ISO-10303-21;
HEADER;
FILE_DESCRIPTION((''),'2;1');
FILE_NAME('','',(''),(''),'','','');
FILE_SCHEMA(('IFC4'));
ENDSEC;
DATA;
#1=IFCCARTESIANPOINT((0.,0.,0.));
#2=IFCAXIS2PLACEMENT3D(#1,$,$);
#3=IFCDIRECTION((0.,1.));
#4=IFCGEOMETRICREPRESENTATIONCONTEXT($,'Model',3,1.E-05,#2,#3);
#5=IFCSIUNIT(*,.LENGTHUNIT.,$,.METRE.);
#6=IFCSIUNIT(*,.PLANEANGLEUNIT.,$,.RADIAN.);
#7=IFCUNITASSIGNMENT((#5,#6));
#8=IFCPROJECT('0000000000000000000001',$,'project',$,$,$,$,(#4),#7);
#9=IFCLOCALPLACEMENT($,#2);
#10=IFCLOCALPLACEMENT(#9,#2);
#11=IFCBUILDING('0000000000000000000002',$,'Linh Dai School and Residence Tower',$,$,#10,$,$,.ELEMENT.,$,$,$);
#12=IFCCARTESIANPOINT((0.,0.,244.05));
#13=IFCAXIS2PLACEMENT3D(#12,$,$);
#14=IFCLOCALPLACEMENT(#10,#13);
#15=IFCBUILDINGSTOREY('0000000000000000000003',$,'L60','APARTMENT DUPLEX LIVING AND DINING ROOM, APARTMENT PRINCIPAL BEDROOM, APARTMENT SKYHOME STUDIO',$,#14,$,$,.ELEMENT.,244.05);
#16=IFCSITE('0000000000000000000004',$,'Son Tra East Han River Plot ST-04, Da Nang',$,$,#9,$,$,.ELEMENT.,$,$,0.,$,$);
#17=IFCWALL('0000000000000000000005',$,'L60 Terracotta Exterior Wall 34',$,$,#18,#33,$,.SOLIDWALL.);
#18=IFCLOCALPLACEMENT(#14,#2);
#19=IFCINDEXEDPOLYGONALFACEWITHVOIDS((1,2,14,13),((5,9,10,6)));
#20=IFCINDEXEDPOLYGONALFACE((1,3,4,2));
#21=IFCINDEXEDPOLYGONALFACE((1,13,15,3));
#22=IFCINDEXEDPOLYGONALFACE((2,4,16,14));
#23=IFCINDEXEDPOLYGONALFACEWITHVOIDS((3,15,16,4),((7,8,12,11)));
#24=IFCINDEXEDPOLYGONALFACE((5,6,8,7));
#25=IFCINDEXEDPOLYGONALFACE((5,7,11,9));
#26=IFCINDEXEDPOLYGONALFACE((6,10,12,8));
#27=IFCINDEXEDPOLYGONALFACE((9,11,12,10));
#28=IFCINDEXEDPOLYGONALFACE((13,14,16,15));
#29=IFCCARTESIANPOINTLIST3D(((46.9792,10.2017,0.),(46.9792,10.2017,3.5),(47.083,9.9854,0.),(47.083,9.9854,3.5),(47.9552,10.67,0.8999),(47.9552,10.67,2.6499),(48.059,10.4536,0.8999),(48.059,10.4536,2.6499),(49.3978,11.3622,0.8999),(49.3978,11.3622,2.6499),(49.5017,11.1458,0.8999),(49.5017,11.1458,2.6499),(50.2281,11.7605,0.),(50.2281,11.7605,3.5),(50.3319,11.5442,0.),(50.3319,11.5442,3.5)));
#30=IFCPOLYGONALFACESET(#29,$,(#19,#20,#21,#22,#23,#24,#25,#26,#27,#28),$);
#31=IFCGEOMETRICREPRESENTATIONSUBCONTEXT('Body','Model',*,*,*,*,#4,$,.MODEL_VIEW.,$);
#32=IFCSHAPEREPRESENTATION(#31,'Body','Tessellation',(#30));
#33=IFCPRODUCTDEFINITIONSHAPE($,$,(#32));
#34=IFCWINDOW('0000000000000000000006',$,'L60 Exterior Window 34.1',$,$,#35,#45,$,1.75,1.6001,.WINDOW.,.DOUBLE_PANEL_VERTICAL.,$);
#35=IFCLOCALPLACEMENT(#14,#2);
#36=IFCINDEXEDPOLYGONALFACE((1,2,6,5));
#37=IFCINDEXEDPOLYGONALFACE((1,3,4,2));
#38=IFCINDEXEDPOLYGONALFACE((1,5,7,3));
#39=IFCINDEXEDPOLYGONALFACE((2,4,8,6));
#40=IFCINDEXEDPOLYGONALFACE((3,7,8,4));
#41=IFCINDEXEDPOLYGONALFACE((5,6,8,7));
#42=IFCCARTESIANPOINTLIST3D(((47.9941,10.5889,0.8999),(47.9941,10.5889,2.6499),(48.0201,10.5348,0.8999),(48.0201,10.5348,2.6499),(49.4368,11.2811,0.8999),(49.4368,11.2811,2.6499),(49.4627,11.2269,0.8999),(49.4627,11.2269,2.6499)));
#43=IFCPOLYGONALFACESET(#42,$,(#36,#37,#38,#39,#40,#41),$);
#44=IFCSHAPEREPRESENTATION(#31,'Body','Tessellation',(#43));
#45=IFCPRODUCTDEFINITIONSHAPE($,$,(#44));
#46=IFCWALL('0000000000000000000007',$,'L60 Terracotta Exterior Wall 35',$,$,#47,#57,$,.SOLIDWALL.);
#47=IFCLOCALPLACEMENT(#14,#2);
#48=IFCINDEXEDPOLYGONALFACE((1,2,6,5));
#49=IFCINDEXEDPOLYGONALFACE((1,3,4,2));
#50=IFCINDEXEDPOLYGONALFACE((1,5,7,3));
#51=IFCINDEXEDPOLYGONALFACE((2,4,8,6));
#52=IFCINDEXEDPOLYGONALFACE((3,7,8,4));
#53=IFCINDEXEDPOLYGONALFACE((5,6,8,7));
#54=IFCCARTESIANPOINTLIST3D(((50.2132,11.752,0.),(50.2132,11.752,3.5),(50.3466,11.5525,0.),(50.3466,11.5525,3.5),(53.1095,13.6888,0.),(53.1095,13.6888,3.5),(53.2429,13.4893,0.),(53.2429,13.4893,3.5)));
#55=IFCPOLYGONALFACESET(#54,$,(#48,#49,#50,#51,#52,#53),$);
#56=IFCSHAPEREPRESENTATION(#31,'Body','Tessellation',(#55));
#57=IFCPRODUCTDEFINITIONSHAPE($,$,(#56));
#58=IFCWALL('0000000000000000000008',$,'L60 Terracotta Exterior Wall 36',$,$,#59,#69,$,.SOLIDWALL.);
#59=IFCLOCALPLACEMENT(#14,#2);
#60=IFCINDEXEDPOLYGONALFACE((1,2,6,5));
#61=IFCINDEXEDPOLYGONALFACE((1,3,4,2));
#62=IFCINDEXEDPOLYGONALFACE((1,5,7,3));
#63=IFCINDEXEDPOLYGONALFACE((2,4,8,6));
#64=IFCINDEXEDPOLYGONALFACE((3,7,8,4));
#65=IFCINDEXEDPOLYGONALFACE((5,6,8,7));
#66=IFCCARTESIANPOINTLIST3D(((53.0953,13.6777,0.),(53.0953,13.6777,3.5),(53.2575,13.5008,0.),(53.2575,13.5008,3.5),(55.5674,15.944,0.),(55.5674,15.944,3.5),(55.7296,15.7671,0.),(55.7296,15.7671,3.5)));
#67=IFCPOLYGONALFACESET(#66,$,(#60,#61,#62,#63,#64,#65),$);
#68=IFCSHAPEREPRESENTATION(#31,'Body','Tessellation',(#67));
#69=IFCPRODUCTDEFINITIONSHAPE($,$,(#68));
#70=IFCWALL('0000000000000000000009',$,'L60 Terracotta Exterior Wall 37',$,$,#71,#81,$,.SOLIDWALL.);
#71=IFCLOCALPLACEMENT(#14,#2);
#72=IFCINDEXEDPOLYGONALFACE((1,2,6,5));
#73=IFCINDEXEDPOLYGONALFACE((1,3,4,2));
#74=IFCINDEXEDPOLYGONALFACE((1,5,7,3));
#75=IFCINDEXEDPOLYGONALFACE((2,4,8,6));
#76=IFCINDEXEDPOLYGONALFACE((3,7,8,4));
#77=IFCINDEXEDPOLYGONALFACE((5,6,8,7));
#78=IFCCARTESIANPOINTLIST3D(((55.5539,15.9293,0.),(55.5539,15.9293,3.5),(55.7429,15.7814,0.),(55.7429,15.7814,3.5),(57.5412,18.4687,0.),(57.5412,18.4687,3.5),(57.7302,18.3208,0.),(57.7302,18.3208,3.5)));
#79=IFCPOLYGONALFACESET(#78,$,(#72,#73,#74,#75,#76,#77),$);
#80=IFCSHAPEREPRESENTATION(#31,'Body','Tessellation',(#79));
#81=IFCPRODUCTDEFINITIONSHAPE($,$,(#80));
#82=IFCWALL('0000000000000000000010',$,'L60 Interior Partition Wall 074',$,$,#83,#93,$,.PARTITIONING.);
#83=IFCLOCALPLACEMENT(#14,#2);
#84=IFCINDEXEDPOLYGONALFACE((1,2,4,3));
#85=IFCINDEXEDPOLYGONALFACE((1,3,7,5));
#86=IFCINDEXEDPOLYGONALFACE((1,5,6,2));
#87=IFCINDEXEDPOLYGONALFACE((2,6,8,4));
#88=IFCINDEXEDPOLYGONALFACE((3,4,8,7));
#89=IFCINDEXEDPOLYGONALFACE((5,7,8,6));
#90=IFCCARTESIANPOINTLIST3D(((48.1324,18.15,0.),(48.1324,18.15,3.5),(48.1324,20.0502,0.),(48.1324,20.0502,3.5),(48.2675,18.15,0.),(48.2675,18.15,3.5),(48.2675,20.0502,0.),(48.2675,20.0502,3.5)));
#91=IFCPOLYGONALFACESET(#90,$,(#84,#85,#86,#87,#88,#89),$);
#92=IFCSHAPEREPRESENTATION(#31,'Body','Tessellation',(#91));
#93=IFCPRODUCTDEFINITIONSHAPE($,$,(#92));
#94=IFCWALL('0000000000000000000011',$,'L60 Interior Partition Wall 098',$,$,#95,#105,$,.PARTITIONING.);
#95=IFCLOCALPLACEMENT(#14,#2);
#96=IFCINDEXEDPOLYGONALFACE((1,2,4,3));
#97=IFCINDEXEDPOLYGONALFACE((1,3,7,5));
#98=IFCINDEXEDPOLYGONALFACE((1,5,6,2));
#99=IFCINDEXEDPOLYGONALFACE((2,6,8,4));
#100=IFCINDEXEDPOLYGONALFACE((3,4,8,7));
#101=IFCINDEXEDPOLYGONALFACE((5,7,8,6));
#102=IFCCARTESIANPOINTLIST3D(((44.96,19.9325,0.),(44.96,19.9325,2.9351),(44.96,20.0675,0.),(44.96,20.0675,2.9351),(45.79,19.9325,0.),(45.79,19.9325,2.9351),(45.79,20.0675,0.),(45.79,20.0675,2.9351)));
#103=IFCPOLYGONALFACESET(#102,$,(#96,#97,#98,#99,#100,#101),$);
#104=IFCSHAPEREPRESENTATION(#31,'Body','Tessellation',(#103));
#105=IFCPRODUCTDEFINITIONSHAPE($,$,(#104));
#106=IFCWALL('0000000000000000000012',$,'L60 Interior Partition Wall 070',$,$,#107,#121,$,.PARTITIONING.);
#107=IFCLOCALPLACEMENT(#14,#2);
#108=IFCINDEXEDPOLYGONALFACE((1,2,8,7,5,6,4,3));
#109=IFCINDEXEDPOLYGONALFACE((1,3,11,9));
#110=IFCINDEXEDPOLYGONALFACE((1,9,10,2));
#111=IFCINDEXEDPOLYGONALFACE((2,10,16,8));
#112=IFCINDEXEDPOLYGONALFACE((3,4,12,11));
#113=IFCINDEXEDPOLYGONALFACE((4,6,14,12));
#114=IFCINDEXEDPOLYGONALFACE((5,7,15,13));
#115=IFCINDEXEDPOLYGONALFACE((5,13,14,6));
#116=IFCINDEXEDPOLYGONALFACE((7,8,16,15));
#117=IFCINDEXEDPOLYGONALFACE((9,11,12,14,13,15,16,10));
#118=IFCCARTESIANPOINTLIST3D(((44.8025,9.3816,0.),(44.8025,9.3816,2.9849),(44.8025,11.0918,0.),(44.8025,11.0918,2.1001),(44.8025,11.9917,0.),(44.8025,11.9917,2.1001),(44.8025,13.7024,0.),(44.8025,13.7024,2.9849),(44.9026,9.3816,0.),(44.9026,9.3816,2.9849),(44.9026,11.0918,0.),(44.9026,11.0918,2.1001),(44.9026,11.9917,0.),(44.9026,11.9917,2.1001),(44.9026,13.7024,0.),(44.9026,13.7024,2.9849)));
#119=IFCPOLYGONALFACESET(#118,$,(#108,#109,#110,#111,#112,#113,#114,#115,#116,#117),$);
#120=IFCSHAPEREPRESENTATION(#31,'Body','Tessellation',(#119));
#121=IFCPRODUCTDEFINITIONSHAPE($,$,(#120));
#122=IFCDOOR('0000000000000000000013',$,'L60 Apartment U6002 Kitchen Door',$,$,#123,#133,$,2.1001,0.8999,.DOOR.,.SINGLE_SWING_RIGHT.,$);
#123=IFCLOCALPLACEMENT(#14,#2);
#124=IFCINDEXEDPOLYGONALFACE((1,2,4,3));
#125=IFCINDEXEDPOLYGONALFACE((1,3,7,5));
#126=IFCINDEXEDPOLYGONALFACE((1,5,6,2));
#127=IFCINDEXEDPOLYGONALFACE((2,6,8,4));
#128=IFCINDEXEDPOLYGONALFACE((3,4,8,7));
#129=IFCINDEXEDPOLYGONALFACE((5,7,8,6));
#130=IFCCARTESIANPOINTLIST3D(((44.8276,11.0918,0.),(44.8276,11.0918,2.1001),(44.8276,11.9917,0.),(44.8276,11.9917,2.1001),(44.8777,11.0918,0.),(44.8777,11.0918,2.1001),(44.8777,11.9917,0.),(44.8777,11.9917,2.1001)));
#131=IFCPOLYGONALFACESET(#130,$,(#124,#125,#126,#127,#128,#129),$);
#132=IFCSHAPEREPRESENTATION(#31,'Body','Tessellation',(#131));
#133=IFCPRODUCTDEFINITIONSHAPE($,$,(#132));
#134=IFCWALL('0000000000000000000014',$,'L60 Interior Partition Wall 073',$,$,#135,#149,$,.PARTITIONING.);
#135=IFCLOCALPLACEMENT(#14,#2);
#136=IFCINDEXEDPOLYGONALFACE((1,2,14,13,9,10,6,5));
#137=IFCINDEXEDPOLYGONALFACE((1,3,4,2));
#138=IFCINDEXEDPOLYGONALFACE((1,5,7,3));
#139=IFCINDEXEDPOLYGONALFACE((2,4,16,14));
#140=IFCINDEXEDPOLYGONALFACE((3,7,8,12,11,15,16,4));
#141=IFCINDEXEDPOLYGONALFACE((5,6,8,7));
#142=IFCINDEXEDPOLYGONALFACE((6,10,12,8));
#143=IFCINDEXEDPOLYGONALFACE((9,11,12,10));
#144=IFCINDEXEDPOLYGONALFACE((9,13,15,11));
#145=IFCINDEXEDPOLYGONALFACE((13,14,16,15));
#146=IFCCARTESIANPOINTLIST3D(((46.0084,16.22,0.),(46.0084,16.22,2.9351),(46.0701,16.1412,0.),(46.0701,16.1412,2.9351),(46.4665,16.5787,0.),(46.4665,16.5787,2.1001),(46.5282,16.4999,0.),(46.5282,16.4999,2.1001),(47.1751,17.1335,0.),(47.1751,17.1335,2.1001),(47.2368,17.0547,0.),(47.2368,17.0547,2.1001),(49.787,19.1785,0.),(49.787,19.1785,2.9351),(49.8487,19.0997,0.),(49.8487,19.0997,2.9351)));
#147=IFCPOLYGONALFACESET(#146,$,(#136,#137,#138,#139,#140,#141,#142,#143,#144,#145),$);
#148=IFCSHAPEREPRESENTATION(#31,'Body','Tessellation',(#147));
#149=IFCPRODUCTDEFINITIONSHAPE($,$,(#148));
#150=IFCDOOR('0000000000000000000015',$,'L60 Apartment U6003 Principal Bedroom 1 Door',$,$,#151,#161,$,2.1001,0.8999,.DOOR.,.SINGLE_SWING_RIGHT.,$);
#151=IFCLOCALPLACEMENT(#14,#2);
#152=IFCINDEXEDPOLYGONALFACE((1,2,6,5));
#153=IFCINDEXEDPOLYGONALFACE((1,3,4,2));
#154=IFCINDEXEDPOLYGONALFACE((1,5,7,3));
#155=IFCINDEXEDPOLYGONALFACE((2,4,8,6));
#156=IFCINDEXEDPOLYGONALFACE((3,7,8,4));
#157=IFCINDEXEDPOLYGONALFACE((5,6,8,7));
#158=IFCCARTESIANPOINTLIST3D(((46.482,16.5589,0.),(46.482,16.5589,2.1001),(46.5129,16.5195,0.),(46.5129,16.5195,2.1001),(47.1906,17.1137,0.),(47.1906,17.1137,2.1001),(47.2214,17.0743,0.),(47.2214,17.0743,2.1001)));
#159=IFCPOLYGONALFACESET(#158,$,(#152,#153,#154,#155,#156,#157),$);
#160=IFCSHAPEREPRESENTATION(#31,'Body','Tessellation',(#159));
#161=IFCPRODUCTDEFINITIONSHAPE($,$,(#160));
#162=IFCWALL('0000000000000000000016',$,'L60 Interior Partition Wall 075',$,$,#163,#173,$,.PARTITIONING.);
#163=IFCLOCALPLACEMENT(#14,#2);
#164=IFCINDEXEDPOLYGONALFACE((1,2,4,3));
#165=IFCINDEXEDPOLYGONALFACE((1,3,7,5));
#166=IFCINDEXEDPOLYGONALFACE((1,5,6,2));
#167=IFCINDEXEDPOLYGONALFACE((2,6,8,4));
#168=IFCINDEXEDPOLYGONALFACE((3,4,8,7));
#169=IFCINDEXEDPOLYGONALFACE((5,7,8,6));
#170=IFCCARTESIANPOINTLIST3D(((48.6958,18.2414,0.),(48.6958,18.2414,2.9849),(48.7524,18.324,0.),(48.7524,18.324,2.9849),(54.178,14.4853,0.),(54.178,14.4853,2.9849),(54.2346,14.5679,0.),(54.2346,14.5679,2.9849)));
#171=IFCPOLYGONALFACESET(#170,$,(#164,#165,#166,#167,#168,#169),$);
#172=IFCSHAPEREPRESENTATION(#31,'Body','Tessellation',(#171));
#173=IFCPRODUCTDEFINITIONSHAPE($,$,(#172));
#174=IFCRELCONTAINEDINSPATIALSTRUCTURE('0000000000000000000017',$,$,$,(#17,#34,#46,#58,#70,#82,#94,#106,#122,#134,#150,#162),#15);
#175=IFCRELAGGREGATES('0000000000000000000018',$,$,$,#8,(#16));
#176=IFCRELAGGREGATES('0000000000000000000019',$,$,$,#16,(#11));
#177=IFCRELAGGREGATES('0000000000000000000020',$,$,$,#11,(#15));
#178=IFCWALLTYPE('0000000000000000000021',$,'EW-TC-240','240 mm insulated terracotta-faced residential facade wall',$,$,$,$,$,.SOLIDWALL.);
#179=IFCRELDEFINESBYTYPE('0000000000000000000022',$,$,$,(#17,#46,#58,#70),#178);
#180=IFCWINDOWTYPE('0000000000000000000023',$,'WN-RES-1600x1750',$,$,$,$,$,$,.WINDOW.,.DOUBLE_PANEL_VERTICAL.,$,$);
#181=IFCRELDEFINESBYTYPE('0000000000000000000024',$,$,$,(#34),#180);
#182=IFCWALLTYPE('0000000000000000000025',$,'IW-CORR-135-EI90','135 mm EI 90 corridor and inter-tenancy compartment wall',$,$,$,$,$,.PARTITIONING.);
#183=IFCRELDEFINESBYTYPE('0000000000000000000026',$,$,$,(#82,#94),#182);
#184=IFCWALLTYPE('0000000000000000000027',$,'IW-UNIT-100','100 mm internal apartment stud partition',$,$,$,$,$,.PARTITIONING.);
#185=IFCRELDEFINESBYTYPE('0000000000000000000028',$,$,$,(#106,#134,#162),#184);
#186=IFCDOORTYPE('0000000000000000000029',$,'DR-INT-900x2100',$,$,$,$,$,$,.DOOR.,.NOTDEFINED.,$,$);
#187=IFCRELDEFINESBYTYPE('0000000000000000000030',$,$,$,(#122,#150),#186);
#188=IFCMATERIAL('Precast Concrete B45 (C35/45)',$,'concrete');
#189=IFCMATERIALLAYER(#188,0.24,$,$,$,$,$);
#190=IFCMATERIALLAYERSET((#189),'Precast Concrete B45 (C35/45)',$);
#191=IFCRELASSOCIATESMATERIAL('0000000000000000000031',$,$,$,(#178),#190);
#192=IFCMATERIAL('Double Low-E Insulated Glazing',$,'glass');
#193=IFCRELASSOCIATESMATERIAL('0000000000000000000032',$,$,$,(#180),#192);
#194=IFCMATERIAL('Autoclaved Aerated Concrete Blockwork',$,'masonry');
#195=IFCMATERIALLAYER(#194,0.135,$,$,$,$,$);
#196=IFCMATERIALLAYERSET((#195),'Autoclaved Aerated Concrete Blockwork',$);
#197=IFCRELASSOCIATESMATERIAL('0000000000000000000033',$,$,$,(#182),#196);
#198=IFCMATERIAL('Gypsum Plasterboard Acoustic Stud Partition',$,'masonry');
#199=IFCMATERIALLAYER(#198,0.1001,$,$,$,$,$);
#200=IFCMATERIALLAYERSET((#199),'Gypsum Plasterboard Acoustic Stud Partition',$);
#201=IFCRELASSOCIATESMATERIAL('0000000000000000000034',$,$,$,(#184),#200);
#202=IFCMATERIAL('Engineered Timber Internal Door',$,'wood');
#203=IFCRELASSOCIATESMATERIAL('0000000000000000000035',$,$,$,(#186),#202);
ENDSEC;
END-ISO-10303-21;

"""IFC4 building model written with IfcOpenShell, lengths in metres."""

from ifc_helpers import new_model, si_unit, direction, frame, frame_2d, origin, origin_2d, place, context, subcontext, project, spatial, rectangle, extrude, source, transform, mapped, material, layer, layer_set, type_object, element, fill, save


model = new_model("IFC4")

# Units and contexts
model_context = context("Model", 3, precision=1e-05, world=origin(), true_north=direction((0.0, 1.0)))
body_context = subcontext(model_context, "Body", "Model", "MODEL_VIEW")
ifc_project = project(units=[si_unit("LENGTHUNIT", "METRE"), si_unit("PLANEANGLEUNIT", "RADIAN")], contexts=[model_context])

# Site, building, storey
site_placement = place(None, origin())
site = spatial("IfcSite", under=ifc_project, at=site_placement, Name="Son Tra East Han River Plot ST-04, Da Nang", CompositionType="ELEMENT", RefElevation=0.0)
building_placement = place(site_placement, origin())
building = spatial("IfcBuilding", under=site, at=building_placement, Name="Linh Dai School and Residence Tower", CompositionType="ELEMENT")
storey_placement = place(building_placement, frame((0.0, 0.0, 244.05)))
storey = spatial("IfcBuildingStorey", under=building, at=storey_placement, Name="L60", Description="APARTMENT DUPLEX LIVING AND DINING ROOM, APARTMENT PRINCIPAL BEDROOM, APARTMENT SKYHOME STUDIO", CompositionType="ELEMENT", Elevation=244.05)

# Shared definitions
ifc_material_1 = material(Name="Precast Concrete B45 (C35/45)", Category="concrete")

# Shared definitions
ifc_layer_1 = layer(ifc_material_1, 0.24)
ifc_layer_set_1 = layer_set([ifc_layer_1], Name="Precast Concrete B45 (C35/45)")
wall_type_1 = type_object("IfcWallType", Name="EW-TC-240", Description="240 mm insulated terracotta-faced residential facade wall", PredefinedType="SOLIDWALL", material=ifc_layer_set_1)

# Wall, opening, window
wall_1_placement = place(storey_placement, frame((50.28, 11.6523, 0.0), z_axis=(0.0, 0.0, 1.0), x_axis=(-0.901598, -0.432575, 0.0)))
wall_1 = element("IfcWall", 1, at=wall_1_placement, inside=storey, type_object=wall_type_1, Name="L60 Terracotta Exterior Wall 34", PredefinedType="SOLIDWALL", context=body_context, shape_type="SweptSolid", body=[
    extrude(rectangle(XDim=3.6035, YDim=0.24, at=frame_2d((1.8018, 0.0))), origin(), (0.0, 0.0, 1.0), 3.5),
])
opening_1_placement = place(wall_1_placement, frame((0.9209, 0.0, 0.8999)))
opening_1 = element("IfcOpeningElement", 2, at=opening_1_placement, cuts=wall_1, PredefinedType="OPENING", context=body_context, shape_type="SweptSolid", body=[
    extrude(rectangle(XDim=1.6001, YDim=1.75, at=origin_2d()), frame((0.8, 0.1299, 0.875), z_axis=(0.0, -1.0, 0.0), x_axis=(1.0, 0.0, 0.0)), (0.0, 0.0, 1.0), 0.26),
])
ifc_material_2 = material(Name="Double Low-E Insulated Glazing", Category="glass")
window_type = type_object("IfcWindowType", Name="WN-RES-1600x1750", PartitioningType="DOUBLE_PANEL_VERTICAL", PredefinedType="WINDOW", material=ifc_material_2)
shared_shape_1 = source(origin(), body_context, "Body", "SweptSolid", [
    extrude(rectangle(XDim=1.6001, YDim=1.75, at=origin_2d()), frame((0.8, 0.03, 0.875), z_axis=(0.0, -1.0, 0.0), x_axis=(1.0, 0.0, 0.0)), (0.0, 0.0, 1.0), 0.0601),
])
window_placement = place(opening_1_placement, origin())
window = element("IfcWindow", 3, at=window_placement, inside=storey, type_object=window_type, Name="L60 Exterior Window 34.1", OverallHeight=1.75, OverallWidth=1.6001, PartitioningType="DOUBLE_PANEL_VERTICAL", PredefinedType="WINDOW", context=body_context, shape_type="MappedRepresentation", body=[
    mapped(shared_shape_1, transform((0.0, 0.0, 0.0), x_axis=(1.0, 0.0, 0.0), y_axis=(0.0, 1.0, 0.0), z_axis=(0.0, 0.0, 1.0), scale=1.0)),
])
fill(opening_1, window)

# Walls
wall_2_placement = place(storey_placement, frame((53.1763, 13.5891, 0.0), z_axis=(0.0, 0.0, 1.0), x_axis=(-0.831262, -0.55588, 0.0)))
element("IfcWall", 4, at=wall_2_placement, inside=storey, type_object=wall_type_1, Name="L60 Terracotta Exterior Wall 35", PredefinedType="SOLIDWALL", context=body_context, shape_type="SweptSolid", body=[
    extrude(rectangle(XDim=3.4841, YDim=0.24, at=frame_2d((1.7422, 0.0))), origin(), (0.0, 0.0, 1.0), 3.5),
])
wall_3_placement = place(storey_placement, frame((55.6484, 15.8555, 0.0), z_axis=(0.0, 0.0, 1.0), x_axis=(-0.737124, -0.675758, 0.0)))
element("IfcWall", 5, at=wall_3_placement, inside=storey, type_object=wall_type_1, Name="L60 Terracotta Exterior Wall 36", PredefinedType="SOLIDWALL", context=body_context, shape_type="SweptSolid", body=[
    extrude(rectangle(XDim=3.3538, YDim=0.24, at=frame_2d((1.6768, 0.0))), origin(), (0.0, 0.0, 1.0), 3.5),
])
wall_4_placement = place(storey_placement, frame((57.6357, 18.3948, 0.0), z_axis=(0.0, 0.0, 1.0), x_axis=(-0.616312, -0.787502, 0.0)))
element("IfcWall", 6, at=wall_4_placement, inside=storey, type_object=wall_type_1, Name="L60 Terracotta Exterior Wall 37", PredefinedType="SOLIDWALL", context=body_context, shape_type="SweptSolid", body=[
    extrude(rectangle(XDim=3.2246, YDim=0.24, at=frame_2d((1.6123, 0.0))), origin(), (0.0, 0.0, 1.0), 3.5),
])
ifc_material_3 = material(Name="Autoclaved Aerated Concrete Blockwork", Category="masonry")
ifc_layer_2 = layer(ifc_material_3, 0.135)
ifc_layer_set_2 = layer_set([ifc_layer_2], Name="Autoclaved Aerated Concrete Blockwork")
wall_type_2 = type_object("IfcWallType", Name="IW-CORR-135-EI90", Description="135 mm EI 90 corridor and inter-tenancy compartment wall", PredefinedType="PARTITIONING", material=ifc_layer_set_2)
wall_5_placement = place(storey_placement, frame((48.2, 18.1499, 0.0), z_axis=(0.0, 0.0, 1.0), x_axis=(0.0, 1.0, 0.0)))
element("IfcWall", 7, at=wall_5_placement, inside=storey, type_object=wall_type_2, Name="L60 Interior Partition Wall 074", PredefinedType="PARTITIONING", context=body_context, shape_type="SweptSolid", body=[
    extrude(rectangle(XDim=1.9001, YDim=0.135, at=frame_2d((0.9502, 0.0))), origin(), (0.0, 0.0, 1.0), 3.5),
])
wall_6_placement = place(storey_placement, frame((44.96, 20.0, 0.0), z_axis=(0.0, 0.0, 1.0), x_axis=(1.0, 0.0, 0.0)))
element("IfcWall", 8, at=wall_6_placement, inside=storey, type_object=wall_type_2, Name="L60 Interior Partition Wall 098", PredefinedType="PARTITIONING", context=body_context, shape_type="SweptSolid", body=[
    extrude(rectangle(XDim=0.8301, YDim=0.135, at=frame_2d((0.415, 0.0))), origin(), (0.0, 0.0, 1.0), 2.9351),
])

# Walls, openings, doors
ifc_material_4 = material(Name="Gypsum Plasterboard Acoustic Stud Partition", Category="masonry")
ifc_layer_3 = layer(ifc_material_4, 0.1001)
ifc_layer_set_3 = layer_set([ifc_layer_3], Name="Gypsum Plasterboard Acoustic Stud Partition")
wall_type_3 = type_object("IfcWallType", Name="IW-UNIT-100", Description="100 mm internal apartment stud partition", PredefinedType="PARTITIONING", material=ifc_layer_set_3)
wall_7_placement = place(storey_placement, frame((44.8525, 9.3816, 0.0), z_axis=(0.0, 0.0, 1.0), x_axis=(0.0, 1.0, 0.0)))
wall_7 = element("IfcWall", 9, at=wall_7_placement, inside=storey, type_object=wall_type_3, Name="L60 Interior Partition Wall 070", PredefinedType="PARTITIONING", context=body_context, shape_type="SweptSolid", body=[
    extrude(rectangle(XDim=4.3208, YDim=0.1001, at=frame_2d((2.1604, 0.0))), origin(), (0.0, 0.0, 1.0), 2.9849),
])
opening_2_placement = place(wall_7_placement, frame((1.7102, 0.0, 0.0)))
opening_2 = element("IfcOpeningElement", 10, at=opening_2_placement, cuts=wall_7, PredefinedType="OPENING", context=body_context, shape_type="SweptSolid", body=[
    extrude(rectangle(XDim=0.8999, YDim=2.1001, at=origin_2d()), frame((0.45, 0.0601, 1.05), z_axis=(0.0, -1.0, 0.0), x_axis=(1.0, 0.0, 0.0)), (0.0, 0.0, 1.0), 0.1201),
])
ifc_material_5 = material(Name="Engineered Timber Internal Door", Category="wood")
door_type = type_object("IfcDoorType", Name="DR-INT-900x2100", OperationType="NOTDEFINED", PredefinedType="DOOR", material=ifc_material_5)
shared_shape_2 = source(origin(), body_context, "Body", "SweptSolid", [
    extrude(rectangle(XDim=0.8999, YDim=2.1001, at=origin_2d()), frame((0.45, 0.0249, 1.05), z_axis=(0.0, -1.0, 0.0), x_axis=(1.0, 0.0, 0.0)), (0.0, 0.0, 1.0), 0.05),
])
door_1_placement = place(opening_2_placement, origin())
door_1 = element("IfcDoor", 11, at=door_1_placement, inside=storey, type_object=door_type, Name="L60 Apartment U6002 Kitchen Door", OperationType="SINGLE_SWING_RIGHT", OverallHeight=2.1001, OverallWidth=0.8999, PredefinedType="DOOR", context=body_context, shape_type="MappedRepresentation", body=[
    mapped(shared_shape_2, transform((0.0, 0.0, 0.0), x_axis=(1.0, 0.0, 0.0), y_axis=(0.0, 1.0, 0.0), z_axis=(0.0, 0.0, 1.0), scale=1.0)),
])
fill(opening_2, door_1)
wall_8_placement = place(storey_placement, frame((46.0393, 16.1807, 0.0), z_axis=(0.0, 0.0, 1.0), x_axis=(0.787368, 0.616484, 0.0)))
wall_8 = element("IfcWall", 12, at=wall_8_placement, inside=storey, type_object=wall_type_3, Name="L60 Interior Partition Wall 073", PredefinedType="PARTITIONING", context=body_context, shape_type="SweptSolid", body=[
    extrude(rectangle(XDim=4.7991, YDim=0.1001, at=frame_2d((2.3994, 0.0))), origin(), (0.0, 0.0, 1.0), 2.9351),
])
opening_3_placement = place(wall_8_placement, frame((0.5818, 0.0, 0.0)))
opening_3 = element("IfcOpeningElement", 13, at=opening_3_placement, cuts=wall_8, PredefinedType="OPENING", context=body_context, shape_type="SweptSolid", body=[
    extrude(rectangle(XDim=0.8999, YDim=2.1001, at=origin_2d()), frame((0.45, 0.0601, 1.05), z_axis=(0.0, -1.0, 0.0), x_axis=(1.0, 0.0, 0.0)), (0.0, 0.0, 1.0), 0.1201),
])
door_2_placement = place(opening_3_placement, origin())
door_2 = element("IfcDoor", 14, at=door_2_placement, inside=storey, type_object=door_type, Name="L60 Apartment U6003 Principal Bedroom 1 Door", OperationType="SINGLE_SWING_RIGHT", OverallHeight=2.1001, OverallWidth=0.8999, PredefinedType="DOOR", context=body_context, shape_type="MappedRepresentation", body=[
    mapped(shared_shape_2, transform((0.0, 0.0, 0.0), x_axis=(1.0, 0.0, 0.0), y_axis=(0.0, 1.0, 0.0), z_axis=(0.0, 0.0, 1.0), scale=1.0)),
])
fill(opening_3, door_2)

# Wall
wall_9_placement = place(storey_placement, frame((48.7241, 18.2827, 0.0), z_axis=(0.0, 0.0, 1.0), x_axis=(0.824947, -0.565211, 0.0)))
element("IfcWall", 15, at=wall_9_placement, inside=storey, type_object=wall_type_3, Name="L60 Interior Partition Wall 075", PredefinedType="PARTITIONING", context=body_context, shape_type="SweptSolid", body=[
    extrude(rectangle(XDim=6.6455, YDim=0.1001, at=frame_2d((3.3228, 0.0))), origin(), (0.0, 0.0, 1.0), 2.9849),
])

save(model, "model.ifc")
